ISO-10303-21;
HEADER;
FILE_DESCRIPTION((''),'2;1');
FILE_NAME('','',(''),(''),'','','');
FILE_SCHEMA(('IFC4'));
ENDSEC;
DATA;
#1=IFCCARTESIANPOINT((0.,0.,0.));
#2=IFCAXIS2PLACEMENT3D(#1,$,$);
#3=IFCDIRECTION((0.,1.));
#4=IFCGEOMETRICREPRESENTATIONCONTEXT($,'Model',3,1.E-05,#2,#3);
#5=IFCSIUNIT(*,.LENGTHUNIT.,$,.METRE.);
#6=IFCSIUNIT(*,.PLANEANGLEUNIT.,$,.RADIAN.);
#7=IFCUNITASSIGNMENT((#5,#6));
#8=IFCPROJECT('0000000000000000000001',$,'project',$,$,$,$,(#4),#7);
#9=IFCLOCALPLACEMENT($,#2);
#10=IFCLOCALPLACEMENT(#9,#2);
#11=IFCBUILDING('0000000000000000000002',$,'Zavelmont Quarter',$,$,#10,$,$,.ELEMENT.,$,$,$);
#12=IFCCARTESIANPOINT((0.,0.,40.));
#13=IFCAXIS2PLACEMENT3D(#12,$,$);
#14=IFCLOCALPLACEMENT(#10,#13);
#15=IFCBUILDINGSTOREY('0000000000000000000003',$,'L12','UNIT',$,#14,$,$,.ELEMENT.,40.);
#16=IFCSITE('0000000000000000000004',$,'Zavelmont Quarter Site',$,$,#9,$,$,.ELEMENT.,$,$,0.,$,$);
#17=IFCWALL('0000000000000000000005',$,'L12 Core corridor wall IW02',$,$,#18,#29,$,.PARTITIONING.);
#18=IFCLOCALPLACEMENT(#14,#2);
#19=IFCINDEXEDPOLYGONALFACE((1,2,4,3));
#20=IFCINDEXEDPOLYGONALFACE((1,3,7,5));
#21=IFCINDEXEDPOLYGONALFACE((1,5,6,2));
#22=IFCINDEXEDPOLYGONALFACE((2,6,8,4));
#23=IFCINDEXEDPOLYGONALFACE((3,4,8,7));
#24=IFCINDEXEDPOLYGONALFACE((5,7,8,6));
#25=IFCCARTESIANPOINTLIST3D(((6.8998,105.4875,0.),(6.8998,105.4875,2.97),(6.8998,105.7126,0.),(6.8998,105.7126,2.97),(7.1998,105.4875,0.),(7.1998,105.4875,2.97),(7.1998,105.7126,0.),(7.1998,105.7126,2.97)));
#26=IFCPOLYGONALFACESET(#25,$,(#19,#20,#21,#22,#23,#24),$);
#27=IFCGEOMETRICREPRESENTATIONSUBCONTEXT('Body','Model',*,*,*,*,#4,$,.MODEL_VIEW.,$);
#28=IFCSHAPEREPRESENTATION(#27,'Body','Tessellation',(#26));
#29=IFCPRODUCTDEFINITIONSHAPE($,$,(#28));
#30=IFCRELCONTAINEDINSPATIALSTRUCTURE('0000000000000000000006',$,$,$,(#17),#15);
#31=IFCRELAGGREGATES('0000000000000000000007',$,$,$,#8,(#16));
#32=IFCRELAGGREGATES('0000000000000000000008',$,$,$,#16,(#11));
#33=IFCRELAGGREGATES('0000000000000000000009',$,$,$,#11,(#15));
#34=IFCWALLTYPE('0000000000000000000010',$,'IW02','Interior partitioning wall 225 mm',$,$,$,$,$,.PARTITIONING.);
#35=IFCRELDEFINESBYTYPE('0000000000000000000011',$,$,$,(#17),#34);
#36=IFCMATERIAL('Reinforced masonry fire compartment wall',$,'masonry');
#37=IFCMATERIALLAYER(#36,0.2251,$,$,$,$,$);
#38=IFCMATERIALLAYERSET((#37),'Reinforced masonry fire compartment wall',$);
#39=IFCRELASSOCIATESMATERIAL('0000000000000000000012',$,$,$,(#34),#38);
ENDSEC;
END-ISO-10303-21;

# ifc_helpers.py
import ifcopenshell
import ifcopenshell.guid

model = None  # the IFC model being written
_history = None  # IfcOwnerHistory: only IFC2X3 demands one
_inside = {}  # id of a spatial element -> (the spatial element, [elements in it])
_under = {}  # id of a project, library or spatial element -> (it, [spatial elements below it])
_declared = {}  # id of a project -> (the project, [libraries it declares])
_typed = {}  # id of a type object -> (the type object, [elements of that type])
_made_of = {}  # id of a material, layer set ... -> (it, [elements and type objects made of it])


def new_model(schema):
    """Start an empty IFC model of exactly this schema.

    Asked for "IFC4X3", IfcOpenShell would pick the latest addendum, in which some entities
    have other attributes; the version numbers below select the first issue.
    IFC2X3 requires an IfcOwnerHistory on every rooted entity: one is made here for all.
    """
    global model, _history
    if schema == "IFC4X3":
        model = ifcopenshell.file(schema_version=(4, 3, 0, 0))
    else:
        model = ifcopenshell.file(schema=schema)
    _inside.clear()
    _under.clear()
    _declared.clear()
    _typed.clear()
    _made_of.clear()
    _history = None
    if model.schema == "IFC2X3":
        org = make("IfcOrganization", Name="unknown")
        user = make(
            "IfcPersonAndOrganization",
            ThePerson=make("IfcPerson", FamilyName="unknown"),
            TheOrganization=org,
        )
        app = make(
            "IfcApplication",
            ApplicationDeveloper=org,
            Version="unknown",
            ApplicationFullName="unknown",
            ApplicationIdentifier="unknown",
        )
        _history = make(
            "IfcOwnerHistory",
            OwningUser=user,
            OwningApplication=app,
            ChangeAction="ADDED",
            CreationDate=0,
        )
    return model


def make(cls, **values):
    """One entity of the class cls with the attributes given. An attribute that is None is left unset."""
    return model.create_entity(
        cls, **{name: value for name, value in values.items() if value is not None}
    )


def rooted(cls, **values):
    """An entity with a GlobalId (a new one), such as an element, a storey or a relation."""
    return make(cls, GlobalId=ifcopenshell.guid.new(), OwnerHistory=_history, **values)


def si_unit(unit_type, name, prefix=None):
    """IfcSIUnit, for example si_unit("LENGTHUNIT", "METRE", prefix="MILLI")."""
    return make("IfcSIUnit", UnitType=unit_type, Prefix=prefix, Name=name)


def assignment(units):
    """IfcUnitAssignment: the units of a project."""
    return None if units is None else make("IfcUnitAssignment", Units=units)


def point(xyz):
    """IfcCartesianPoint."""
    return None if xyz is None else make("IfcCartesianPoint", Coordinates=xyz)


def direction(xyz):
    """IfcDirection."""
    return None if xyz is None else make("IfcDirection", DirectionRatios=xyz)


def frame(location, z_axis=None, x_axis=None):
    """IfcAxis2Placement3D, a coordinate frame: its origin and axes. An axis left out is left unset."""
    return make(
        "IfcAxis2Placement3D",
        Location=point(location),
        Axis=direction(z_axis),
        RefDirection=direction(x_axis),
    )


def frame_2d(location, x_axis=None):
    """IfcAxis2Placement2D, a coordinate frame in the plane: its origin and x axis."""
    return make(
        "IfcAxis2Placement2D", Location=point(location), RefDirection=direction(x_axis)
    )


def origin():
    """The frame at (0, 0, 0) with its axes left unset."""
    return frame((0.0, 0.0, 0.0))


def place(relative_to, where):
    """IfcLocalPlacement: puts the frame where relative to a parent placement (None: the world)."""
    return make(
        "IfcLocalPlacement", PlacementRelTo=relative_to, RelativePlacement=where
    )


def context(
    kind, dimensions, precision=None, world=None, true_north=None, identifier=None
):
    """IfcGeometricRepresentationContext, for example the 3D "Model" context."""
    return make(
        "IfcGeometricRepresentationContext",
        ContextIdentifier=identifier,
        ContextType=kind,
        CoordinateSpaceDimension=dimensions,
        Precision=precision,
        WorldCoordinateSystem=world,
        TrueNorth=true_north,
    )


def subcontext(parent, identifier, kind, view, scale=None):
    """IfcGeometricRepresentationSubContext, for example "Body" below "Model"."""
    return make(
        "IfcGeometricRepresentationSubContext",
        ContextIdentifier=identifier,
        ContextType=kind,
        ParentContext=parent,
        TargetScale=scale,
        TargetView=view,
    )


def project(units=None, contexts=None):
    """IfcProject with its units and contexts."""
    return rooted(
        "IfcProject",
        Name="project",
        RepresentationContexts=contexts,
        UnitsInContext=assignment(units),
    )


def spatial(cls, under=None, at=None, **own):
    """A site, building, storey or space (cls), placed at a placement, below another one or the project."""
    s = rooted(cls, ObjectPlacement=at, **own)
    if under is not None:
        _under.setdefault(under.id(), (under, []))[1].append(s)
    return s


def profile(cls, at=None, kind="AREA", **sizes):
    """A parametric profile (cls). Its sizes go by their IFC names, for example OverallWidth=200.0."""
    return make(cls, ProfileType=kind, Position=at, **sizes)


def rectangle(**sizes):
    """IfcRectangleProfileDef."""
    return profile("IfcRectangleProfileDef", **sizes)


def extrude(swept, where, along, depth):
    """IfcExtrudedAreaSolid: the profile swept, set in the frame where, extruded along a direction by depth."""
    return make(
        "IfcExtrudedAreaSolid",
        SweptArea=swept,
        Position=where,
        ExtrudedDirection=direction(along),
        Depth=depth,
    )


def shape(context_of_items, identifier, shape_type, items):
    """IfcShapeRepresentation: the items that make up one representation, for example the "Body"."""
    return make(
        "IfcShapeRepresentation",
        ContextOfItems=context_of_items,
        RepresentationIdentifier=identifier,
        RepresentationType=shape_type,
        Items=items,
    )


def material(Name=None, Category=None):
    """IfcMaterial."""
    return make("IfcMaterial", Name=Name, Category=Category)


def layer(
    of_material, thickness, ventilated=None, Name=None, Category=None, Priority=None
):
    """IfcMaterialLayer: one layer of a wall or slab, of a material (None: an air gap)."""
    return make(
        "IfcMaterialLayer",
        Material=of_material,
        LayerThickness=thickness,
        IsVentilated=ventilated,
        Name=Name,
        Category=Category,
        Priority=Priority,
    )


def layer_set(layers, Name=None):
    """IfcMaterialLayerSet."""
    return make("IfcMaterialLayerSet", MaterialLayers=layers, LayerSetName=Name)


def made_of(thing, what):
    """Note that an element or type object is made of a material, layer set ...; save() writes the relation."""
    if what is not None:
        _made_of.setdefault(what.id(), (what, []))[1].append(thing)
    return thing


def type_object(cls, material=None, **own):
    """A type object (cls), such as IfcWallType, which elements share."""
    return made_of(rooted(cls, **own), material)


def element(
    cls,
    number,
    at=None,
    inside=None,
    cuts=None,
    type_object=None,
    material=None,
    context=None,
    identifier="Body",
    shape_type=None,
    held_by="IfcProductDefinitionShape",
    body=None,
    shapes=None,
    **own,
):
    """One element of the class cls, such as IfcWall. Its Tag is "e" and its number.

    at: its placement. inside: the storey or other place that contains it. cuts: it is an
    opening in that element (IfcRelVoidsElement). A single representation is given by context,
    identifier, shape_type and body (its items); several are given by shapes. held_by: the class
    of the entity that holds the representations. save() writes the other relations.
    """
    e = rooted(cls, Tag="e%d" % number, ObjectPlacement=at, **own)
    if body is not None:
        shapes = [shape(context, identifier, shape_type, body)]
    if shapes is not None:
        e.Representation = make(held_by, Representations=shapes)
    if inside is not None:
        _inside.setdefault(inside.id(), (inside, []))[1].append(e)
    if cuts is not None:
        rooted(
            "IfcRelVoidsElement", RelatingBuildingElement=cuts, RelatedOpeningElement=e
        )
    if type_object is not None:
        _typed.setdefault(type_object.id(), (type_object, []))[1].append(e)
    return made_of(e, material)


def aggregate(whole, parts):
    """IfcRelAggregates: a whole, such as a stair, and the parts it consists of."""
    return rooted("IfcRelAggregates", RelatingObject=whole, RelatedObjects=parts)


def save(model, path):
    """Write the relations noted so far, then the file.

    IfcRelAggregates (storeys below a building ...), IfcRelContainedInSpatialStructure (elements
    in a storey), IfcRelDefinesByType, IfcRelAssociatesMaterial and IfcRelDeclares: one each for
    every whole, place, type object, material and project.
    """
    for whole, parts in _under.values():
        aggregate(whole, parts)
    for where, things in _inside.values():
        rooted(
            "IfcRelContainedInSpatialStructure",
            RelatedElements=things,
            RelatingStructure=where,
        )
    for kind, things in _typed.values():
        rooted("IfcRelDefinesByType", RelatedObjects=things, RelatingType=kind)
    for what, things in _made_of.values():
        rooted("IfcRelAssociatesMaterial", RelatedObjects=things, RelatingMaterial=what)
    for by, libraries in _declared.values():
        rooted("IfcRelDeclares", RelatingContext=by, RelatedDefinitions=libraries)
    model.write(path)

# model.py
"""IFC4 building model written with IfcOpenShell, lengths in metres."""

from ifc_helpers import new_model, si_unit, direction, frame, frame_2d, origin, place, context, subcontext, project, spatial, rectangle, extrude, material, layer, layer_set, type_object, element, save


model = new_model("IFC4")

# Units and contexts
model_context = context("Model", 3, precision=1e-05, world=origin(), true_north=direction((0.0, 1.0)))
body_context = subcontext(model_context, "Body", "Model", "MODEL_VIEW")
ifc_project = project(units=[si_unit("LENGTHUNIT", "METRE"), si_unit("PLANEANGLEUNIT", "RADIAN")], contexts=[model_context])

# Site, building, storey
site_placement = place(None, origin())
site = spatial("IfcSite", under=ifc_project, at=site_placement, Name="Zavelmont Quarter Site", CompositionType="ELEMENT", RefElevation=0.0)
building_placement = place(site_placement, origin())
building = spatial("IfcBuilding", under=site, at=building_placement, Name="Zavelmont Quarter", CompositionType="ELEMENT")
storey_placement = place(building_placement, frame((0.0, 0.0, 40.0)))
storey = spatial("IfcBuildingStorey", under=building, at=storey_placement, Name="L12", Description="UNIT", CompositionType="ELEMENT", Elevation=40.0)

# Wall
ifc_material_1 = material(Name="Reinforced masonry fire compartment wall", Category="masonry")
ifc_layer_1 = layer(ifc_material_1, 0.2251)
ifc_layer_set_1 = layer_set([ifc_layer_1], Name="Reinforced masonry fire compartment wall")
wall_type_1 = type_object("IfcWallType", Name="IW02", Description="Interior partitioning wall 225 mm", PredefinedType="PARTITIONING", material=ifc_layer_set_1)
wall_1_placement = place(storey_placement, frame((6.8999, 105.6001, 0.0), z_axis=(0.0, 0.0, 1.0), x_axis=(1.0, 0.0, 0.0)))
element("IfcWall", 1, at=wall_1_placement, inside=storey, type_object=wall_type_1, Name="L12 Core corridor wall IW02", PredefinedType="PARTITIONING", context=body_context, shape_type="SweptSolid", body=[
    extrude(rectangle(XDim=0.3, YDim=0.2251, at=frame_2d((0.1499, 0.0))), origin(), (0.0, 0.0, 1.0), 2.97),
])

save(model, "model.ifc")
